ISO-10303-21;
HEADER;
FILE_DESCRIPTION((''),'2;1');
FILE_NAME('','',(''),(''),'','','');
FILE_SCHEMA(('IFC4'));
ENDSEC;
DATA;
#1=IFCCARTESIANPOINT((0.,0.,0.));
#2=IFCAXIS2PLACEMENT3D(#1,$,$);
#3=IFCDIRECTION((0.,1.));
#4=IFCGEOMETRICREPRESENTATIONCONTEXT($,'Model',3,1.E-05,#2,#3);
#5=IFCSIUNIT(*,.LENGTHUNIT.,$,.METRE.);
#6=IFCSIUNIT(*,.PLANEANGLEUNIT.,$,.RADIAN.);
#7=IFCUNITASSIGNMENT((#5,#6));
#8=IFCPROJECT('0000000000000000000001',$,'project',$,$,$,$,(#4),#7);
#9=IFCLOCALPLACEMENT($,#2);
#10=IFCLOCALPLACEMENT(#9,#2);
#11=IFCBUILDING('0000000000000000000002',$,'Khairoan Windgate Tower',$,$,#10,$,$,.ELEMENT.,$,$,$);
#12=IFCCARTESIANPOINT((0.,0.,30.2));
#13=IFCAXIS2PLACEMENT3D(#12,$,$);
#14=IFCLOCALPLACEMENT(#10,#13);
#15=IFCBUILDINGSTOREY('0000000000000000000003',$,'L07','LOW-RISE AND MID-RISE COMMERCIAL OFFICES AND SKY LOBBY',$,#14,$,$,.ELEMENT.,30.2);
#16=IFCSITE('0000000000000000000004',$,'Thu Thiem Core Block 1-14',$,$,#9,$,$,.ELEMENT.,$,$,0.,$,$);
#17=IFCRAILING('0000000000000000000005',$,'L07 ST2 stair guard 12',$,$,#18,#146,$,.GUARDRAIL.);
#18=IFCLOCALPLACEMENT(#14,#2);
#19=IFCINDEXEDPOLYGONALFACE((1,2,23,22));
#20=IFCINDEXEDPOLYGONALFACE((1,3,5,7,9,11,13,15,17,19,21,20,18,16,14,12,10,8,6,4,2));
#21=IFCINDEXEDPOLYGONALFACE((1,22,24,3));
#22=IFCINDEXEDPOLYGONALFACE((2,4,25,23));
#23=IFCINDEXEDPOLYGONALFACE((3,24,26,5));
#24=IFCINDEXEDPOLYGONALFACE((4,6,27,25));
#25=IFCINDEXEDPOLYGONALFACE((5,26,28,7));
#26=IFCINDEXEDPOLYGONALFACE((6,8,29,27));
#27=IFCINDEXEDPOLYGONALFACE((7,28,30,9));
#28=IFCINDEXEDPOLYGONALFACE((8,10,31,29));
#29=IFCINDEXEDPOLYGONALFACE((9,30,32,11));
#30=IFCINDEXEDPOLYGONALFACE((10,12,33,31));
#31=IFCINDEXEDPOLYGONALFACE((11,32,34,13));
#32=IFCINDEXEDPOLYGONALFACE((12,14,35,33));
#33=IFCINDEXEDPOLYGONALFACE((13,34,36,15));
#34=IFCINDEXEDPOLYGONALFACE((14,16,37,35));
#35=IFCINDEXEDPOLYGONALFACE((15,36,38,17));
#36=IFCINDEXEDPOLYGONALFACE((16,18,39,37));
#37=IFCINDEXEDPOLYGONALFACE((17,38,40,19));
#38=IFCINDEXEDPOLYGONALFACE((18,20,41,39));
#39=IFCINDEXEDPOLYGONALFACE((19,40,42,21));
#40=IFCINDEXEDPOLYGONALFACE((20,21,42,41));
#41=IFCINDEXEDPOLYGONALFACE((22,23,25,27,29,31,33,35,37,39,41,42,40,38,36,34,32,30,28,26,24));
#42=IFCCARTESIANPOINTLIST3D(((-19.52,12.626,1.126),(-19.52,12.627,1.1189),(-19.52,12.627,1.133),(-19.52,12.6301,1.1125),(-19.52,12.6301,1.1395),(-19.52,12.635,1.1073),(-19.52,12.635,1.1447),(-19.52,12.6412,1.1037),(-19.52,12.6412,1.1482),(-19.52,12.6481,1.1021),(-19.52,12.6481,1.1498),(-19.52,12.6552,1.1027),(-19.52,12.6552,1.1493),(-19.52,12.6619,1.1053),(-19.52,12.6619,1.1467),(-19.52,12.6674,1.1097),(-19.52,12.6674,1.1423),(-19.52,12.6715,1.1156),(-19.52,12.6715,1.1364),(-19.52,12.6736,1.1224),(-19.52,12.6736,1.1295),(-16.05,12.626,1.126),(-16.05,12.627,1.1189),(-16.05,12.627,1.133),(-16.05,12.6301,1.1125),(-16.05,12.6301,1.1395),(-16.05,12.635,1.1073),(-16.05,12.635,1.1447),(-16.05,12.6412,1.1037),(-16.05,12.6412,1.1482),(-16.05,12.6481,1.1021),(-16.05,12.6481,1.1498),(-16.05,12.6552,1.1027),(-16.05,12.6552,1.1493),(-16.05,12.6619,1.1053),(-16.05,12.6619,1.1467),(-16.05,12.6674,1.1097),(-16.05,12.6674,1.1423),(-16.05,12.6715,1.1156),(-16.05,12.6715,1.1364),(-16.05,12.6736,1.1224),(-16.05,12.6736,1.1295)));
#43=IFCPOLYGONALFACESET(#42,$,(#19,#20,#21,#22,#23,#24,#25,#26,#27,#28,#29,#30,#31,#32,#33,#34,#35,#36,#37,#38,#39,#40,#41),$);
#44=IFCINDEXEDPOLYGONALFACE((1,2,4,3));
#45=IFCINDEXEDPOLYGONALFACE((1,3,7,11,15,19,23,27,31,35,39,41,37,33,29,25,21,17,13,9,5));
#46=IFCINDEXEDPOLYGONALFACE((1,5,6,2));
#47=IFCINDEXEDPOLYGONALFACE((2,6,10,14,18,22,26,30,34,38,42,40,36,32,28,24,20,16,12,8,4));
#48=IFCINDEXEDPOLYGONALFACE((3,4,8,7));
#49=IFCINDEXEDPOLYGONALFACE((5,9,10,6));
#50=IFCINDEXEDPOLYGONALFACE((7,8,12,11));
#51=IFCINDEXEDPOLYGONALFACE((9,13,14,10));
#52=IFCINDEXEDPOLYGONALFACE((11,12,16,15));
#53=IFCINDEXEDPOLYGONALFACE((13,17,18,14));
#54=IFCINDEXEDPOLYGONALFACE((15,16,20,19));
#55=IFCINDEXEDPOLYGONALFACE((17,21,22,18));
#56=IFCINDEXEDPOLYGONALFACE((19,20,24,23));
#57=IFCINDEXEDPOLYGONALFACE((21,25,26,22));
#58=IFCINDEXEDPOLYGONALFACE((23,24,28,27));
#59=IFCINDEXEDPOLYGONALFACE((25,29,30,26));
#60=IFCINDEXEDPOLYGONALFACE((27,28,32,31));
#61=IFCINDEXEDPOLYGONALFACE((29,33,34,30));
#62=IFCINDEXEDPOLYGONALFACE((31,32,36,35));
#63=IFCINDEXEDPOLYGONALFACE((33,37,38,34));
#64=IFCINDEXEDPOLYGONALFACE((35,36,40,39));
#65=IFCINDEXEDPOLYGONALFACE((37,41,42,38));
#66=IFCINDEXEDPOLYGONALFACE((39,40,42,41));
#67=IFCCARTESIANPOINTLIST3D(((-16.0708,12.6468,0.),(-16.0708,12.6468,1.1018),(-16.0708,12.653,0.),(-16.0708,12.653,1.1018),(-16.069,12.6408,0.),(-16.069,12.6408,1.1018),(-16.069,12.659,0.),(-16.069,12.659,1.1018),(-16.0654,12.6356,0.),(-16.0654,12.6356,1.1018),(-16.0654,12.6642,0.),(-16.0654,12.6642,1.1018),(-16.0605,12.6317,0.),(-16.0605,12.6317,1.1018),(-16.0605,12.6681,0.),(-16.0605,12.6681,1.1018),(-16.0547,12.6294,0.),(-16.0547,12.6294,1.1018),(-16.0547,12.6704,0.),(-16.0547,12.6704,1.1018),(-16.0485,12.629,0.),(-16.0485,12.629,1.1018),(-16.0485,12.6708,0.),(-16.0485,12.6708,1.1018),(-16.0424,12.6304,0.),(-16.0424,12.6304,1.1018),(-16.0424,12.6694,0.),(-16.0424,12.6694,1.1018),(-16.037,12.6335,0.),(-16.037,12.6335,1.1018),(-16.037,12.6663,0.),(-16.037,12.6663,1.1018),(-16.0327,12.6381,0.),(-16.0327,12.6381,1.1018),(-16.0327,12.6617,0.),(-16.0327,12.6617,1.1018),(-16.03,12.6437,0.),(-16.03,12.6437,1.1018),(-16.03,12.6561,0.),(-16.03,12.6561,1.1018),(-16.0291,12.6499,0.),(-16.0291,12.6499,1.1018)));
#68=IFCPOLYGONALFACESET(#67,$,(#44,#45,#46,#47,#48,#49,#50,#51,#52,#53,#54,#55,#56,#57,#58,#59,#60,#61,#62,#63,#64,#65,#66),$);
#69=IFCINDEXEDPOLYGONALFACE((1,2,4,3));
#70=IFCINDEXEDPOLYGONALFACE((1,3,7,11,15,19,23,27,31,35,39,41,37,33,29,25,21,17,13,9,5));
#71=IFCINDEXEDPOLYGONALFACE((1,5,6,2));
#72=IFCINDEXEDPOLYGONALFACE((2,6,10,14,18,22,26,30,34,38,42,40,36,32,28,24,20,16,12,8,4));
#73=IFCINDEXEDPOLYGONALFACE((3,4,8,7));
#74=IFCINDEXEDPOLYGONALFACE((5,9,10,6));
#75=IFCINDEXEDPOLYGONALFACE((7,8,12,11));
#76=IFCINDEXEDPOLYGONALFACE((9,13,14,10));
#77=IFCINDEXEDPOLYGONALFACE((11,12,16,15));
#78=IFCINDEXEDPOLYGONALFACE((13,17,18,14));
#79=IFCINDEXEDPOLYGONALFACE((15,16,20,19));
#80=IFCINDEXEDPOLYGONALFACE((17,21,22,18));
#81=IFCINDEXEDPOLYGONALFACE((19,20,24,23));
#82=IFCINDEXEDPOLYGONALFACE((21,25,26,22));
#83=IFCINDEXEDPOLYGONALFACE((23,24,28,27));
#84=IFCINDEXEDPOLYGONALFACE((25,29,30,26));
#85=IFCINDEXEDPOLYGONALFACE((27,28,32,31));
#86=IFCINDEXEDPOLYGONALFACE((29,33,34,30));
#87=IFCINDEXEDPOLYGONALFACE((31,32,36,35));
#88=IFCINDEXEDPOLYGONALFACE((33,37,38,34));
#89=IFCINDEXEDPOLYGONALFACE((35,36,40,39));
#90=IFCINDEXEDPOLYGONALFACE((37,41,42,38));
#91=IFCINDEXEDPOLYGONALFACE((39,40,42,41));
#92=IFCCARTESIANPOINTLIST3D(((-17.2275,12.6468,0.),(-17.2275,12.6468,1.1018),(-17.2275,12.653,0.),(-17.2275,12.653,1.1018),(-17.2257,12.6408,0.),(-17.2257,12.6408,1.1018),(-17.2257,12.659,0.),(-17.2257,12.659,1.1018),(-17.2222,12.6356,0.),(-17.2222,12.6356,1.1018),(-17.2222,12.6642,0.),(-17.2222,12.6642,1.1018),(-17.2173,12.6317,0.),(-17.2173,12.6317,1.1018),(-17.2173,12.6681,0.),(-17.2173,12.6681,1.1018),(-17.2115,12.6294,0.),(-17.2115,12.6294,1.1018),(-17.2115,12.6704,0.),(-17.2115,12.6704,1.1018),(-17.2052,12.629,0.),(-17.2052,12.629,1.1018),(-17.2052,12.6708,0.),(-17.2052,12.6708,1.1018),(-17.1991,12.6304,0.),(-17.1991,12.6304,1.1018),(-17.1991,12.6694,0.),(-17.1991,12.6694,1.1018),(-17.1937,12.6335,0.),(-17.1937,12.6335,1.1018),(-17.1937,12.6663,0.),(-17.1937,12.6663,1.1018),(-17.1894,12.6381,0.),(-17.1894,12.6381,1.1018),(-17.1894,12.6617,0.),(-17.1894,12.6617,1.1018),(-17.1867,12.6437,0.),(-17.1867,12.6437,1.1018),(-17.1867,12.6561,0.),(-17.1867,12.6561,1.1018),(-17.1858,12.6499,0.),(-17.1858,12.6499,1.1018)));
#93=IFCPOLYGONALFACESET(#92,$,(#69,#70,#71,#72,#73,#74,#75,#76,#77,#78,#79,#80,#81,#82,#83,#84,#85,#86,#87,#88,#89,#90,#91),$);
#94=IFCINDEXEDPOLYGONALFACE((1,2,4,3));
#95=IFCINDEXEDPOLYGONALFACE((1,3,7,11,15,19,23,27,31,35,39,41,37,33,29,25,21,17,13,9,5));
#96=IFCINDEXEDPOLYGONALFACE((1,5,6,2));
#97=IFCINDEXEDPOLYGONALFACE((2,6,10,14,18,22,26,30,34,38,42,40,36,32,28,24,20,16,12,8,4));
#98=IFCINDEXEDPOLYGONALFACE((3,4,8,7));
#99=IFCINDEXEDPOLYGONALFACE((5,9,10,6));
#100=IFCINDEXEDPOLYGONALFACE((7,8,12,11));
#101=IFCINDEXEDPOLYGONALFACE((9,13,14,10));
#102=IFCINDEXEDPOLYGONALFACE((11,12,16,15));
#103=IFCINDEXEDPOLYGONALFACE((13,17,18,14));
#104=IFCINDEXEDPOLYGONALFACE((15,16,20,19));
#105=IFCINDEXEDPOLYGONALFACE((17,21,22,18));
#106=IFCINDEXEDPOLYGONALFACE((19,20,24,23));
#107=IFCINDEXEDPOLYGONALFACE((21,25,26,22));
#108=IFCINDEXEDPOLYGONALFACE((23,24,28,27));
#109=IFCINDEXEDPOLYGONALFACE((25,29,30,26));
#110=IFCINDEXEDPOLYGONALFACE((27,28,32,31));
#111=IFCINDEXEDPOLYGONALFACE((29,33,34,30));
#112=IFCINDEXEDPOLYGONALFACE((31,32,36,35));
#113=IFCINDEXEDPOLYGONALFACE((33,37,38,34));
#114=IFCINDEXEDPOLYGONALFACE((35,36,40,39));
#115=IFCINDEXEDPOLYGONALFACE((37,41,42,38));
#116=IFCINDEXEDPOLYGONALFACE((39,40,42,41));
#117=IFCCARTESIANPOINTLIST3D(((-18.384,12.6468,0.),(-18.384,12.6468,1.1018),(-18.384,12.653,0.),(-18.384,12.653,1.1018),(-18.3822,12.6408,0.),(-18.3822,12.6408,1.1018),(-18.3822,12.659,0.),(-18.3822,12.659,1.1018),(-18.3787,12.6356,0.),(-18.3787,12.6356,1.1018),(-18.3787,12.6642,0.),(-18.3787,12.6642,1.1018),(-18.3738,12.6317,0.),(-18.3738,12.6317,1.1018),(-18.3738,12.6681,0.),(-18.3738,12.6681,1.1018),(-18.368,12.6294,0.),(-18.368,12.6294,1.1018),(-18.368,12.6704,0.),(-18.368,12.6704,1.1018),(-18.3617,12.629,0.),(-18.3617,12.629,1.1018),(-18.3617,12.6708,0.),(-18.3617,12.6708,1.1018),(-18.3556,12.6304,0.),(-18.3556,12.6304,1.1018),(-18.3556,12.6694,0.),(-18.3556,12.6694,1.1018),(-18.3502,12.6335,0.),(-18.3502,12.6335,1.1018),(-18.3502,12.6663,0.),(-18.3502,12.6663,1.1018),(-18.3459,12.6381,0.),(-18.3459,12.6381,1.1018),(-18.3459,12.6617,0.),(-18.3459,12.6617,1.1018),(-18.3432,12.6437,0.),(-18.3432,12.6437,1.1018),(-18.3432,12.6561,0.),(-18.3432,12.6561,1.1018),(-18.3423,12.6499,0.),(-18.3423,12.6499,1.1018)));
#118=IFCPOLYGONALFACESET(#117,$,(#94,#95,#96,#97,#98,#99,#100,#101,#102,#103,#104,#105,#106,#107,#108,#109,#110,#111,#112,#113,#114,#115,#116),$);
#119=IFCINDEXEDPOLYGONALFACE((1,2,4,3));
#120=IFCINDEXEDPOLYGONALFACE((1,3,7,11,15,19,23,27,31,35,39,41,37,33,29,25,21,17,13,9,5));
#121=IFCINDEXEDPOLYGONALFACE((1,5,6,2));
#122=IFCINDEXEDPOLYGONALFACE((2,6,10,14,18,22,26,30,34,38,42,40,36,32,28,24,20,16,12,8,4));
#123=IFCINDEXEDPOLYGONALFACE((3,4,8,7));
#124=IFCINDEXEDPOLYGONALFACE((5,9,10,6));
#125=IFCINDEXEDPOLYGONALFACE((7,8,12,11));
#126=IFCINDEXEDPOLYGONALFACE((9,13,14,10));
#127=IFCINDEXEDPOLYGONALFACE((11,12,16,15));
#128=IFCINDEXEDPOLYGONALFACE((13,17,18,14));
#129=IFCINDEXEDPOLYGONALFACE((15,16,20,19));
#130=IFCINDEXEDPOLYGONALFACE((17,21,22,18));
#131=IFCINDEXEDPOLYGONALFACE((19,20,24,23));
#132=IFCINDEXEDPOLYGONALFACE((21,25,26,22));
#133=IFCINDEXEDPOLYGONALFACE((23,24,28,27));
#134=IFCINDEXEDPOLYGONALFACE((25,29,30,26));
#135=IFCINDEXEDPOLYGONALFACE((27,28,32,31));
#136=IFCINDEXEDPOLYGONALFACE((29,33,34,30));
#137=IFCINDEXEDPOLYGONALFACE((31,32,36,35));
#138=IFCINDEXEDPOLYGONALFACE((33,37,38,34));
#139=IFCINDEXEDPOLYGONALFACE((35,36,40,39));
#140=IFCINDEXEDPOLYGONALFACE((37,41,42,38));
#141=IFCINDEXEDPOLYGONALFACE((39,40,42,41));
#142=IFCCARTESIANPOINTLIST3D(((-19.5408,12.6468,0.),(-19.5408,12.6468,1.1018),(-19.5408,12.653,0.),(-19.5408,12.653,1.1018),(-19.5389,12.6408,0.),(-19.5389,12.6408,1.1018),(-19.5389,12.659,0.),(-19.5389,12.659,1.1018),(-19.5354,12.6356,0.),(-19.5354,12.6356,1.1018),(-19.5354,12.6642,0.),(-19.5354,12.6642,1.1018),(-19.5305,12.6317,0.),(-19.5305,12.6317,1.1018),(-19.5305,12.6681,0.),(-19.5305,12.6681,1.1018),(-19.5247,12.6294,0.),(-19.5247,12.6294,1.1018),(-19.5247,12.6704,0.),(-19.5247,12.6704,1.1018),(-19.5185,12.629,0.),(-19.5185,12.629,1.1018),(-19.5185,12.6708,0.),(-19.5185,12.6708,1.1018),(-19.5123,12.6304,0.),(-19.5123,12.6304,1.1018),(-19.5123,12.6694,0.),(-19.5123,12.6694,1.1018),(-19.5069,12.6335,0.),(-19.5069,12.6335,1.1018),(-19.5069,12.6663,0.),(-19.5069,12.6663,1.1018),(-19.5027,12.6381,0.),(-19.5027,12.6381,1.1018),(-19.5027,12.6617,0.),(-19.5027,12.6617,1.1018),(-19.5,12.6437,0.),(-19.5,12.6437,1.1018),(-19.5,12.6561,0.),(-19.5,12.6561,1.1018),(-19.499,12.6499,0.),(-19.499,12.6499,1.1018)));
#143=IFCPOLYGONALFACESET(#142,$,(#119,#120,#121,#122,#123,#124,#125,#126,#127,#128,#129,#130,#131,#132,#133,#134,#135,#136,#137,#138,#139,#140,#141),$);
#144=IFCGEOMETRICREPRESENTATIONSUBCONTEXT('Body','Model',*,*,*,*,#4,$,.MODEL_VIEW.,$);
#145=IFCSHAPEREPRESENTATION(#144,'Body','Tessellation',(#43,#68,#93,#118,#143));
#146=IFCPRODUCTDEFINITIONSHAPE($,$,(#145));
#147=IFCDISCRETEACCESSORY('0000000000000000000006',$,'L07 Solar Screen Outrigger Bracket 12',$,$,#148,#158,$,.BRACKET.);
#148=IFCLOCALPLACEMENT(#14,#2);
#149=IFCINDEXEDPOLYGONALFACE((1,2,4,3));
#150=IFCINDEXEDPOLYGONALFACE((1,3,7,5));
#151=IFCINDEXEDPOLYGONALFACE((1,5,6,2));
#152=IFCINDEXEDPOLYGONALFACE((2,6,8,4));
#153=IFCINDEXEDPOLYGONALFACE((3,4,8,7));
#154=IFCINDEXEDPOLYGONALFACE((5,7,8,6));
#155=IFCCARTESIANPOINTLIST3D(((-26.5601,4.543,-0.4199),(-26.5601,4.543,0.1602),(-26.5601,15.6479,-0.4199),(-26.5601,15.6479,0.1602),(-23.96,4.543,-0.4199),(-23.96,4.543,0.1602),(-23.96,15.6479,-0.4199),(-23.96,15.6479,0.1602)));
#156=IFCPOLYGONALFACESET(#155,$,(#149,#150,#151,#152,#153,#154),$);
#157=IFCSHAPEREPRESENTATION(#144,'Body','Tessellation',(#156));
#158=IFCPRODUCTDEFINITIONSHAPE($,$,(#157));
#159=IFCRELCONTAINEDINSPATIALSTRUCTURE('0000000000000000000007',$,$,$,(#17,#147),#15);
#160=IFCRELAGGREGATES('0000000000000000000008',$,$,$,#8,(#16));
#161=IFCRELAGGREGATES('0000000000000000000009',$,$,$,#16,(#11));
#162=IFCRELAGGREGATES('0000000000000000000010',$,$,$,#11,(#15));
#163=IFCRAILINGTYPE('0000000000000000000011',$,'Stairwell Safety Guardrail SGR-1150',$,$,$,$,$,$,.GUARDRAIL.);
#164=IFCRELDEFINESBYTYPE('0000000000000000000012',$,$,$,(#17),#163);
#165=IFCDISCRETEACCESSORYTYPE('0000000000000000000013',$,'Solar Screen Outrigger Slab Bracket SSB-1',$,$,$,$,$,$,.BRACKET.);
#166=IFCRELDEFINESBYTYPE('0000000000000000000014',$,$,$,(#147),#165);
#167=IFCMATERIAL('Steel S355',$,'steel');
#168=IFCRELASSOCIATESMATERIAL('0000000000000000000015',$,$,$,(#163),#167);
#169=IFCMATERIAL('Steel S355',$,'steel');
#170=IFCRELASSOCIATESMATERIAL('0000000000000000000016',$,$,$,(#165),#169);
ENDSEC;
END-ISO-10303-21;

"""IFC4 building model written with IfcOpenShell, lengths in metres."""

from ifc_helpers import new_model, si_unit, direction, frame, origin, origin_2d, place, context, subcontext, project, spatial, rectangle, circle, extrude, material, type_object, element, save


model = new_model("IFC4")

# Units and contexts
model_context = context("Model", 3, precision=1e-05, world=origin(), true_north=direction((0.0, 1.0)))
body_context = subcontext(model_context, "Body", "Model", "MODEL_VIEW")
ifc_project = project(units=[si_unit("LENGTHUNIT", "METRE"), si_unit("PLANEANGLEUNIT", "RADIAN")], contexts=[model_context])

# Site, building, storey
site_placement = place(None, origin())
site = spatial("IfcSite", under=ifc_project, at=site_placement, Name="Thu Thiem Core Block 1-14", CompositionType="ELEMENT", RefElevation=0.0)
building_placement = place(site_placement, origin())
building = spatial("IfcBuilding", under=site, at=building_placement, Name="Khairoan Windgate Tower", CompositionType="ELEMENT")
storey_placement = place(building_placement, frame((0.0, 0.0, 30.2)))
storey = spatial("IfcBuildingStorey", under=building, at=storey_placement, Name="L07", Description="LOW-RISE AND MID-RISE COMMERCIAL OFFICES AND SKY LOBBY", CompositionType="ELEMENT", Elevation=30.2)

# Railing
ifc_material_1 = material(Name="Steel S355", Category="steel")
railing_type = type_object("IfcRailingType", Name="Stairwell Safety Guardrail SGR-1150", PredefinedType="GUARDRAIL", material=ifc_material_1)
railing_1_placement = place(storey_placement, frame((-16.05, 12.6499, 0.0)))
element("IfcRailing", 1, at=railing_1_placement, inside=storey, type_object=railing_type, Name="L07 ST2 stair guard 12", PredefinedType="GUARDRAIL", context=body_context, shape_type="SweptSolid", body=[
    extrude(circle(Radius=0.0239, at=origin_2d()), frame((0.0, 0.0, 1.126), z_axis=(-1.0, 0.0, 0.0), x_axis=(0.0, -1.0, 0.0)), (0.0, 0.0, 1.0), 3.47),
    extrude(circle(Radius=0.021, at=origin_2d()), origin(), (0.0, 0.0, 1.0), 1.1018),
    extrude(circle(Radius=0.021, at=origin_2d()), frame((-1.1567, 0.0, 0.0)), (0.0, 0.0, 1.0), 1.1018),
    extrude(circle(Radius=0.021, at=origin_2d()), frame((-2.3132, 0.0, 0.0)), (0.0, 0.0, 1.0), 1.1018),
    extrude(circle(Radius=0.021, at=origin_2d()), frame((-3.47, 0.0, 0.0)), (0.0, 0.0, 1.0), 1.1018),
])

# Discrete accessory
ifc_material_2 = material(Name="Steel S355", Category="steel")
discrete_accessory_type = type_object("IfcDiscreteAccessoryType", Name="Solar Screen Outrigger Slab Bracket SSB-1", PredefinedType="BRACKET", material=ifc_material_2)
discrete_accessory_placement = place(storey_placement, frame((-25.26, 10.0955, -0.4199), z_axis=(0.0, 0.0, 1.0), x_axis=(0.0, 1.0, 0.0)))
element("IfcDiscreteAccessory", 2, at=discrete_accessory_placement, inside=storey, type_object=discrete_accessory_type, Name="L07 Solar Screen Outrigger Bracket 12", PredefinedType="BRACKET", context=body_context, shape_type="SweptSolid", body=[
    extrude(rectangle(XDim=11.105, YDim=2.6001, at=origin_2d()), origin(), (0.0, 0.0, 1.0), 0.5801),
])

save(model, "model.ifc")
